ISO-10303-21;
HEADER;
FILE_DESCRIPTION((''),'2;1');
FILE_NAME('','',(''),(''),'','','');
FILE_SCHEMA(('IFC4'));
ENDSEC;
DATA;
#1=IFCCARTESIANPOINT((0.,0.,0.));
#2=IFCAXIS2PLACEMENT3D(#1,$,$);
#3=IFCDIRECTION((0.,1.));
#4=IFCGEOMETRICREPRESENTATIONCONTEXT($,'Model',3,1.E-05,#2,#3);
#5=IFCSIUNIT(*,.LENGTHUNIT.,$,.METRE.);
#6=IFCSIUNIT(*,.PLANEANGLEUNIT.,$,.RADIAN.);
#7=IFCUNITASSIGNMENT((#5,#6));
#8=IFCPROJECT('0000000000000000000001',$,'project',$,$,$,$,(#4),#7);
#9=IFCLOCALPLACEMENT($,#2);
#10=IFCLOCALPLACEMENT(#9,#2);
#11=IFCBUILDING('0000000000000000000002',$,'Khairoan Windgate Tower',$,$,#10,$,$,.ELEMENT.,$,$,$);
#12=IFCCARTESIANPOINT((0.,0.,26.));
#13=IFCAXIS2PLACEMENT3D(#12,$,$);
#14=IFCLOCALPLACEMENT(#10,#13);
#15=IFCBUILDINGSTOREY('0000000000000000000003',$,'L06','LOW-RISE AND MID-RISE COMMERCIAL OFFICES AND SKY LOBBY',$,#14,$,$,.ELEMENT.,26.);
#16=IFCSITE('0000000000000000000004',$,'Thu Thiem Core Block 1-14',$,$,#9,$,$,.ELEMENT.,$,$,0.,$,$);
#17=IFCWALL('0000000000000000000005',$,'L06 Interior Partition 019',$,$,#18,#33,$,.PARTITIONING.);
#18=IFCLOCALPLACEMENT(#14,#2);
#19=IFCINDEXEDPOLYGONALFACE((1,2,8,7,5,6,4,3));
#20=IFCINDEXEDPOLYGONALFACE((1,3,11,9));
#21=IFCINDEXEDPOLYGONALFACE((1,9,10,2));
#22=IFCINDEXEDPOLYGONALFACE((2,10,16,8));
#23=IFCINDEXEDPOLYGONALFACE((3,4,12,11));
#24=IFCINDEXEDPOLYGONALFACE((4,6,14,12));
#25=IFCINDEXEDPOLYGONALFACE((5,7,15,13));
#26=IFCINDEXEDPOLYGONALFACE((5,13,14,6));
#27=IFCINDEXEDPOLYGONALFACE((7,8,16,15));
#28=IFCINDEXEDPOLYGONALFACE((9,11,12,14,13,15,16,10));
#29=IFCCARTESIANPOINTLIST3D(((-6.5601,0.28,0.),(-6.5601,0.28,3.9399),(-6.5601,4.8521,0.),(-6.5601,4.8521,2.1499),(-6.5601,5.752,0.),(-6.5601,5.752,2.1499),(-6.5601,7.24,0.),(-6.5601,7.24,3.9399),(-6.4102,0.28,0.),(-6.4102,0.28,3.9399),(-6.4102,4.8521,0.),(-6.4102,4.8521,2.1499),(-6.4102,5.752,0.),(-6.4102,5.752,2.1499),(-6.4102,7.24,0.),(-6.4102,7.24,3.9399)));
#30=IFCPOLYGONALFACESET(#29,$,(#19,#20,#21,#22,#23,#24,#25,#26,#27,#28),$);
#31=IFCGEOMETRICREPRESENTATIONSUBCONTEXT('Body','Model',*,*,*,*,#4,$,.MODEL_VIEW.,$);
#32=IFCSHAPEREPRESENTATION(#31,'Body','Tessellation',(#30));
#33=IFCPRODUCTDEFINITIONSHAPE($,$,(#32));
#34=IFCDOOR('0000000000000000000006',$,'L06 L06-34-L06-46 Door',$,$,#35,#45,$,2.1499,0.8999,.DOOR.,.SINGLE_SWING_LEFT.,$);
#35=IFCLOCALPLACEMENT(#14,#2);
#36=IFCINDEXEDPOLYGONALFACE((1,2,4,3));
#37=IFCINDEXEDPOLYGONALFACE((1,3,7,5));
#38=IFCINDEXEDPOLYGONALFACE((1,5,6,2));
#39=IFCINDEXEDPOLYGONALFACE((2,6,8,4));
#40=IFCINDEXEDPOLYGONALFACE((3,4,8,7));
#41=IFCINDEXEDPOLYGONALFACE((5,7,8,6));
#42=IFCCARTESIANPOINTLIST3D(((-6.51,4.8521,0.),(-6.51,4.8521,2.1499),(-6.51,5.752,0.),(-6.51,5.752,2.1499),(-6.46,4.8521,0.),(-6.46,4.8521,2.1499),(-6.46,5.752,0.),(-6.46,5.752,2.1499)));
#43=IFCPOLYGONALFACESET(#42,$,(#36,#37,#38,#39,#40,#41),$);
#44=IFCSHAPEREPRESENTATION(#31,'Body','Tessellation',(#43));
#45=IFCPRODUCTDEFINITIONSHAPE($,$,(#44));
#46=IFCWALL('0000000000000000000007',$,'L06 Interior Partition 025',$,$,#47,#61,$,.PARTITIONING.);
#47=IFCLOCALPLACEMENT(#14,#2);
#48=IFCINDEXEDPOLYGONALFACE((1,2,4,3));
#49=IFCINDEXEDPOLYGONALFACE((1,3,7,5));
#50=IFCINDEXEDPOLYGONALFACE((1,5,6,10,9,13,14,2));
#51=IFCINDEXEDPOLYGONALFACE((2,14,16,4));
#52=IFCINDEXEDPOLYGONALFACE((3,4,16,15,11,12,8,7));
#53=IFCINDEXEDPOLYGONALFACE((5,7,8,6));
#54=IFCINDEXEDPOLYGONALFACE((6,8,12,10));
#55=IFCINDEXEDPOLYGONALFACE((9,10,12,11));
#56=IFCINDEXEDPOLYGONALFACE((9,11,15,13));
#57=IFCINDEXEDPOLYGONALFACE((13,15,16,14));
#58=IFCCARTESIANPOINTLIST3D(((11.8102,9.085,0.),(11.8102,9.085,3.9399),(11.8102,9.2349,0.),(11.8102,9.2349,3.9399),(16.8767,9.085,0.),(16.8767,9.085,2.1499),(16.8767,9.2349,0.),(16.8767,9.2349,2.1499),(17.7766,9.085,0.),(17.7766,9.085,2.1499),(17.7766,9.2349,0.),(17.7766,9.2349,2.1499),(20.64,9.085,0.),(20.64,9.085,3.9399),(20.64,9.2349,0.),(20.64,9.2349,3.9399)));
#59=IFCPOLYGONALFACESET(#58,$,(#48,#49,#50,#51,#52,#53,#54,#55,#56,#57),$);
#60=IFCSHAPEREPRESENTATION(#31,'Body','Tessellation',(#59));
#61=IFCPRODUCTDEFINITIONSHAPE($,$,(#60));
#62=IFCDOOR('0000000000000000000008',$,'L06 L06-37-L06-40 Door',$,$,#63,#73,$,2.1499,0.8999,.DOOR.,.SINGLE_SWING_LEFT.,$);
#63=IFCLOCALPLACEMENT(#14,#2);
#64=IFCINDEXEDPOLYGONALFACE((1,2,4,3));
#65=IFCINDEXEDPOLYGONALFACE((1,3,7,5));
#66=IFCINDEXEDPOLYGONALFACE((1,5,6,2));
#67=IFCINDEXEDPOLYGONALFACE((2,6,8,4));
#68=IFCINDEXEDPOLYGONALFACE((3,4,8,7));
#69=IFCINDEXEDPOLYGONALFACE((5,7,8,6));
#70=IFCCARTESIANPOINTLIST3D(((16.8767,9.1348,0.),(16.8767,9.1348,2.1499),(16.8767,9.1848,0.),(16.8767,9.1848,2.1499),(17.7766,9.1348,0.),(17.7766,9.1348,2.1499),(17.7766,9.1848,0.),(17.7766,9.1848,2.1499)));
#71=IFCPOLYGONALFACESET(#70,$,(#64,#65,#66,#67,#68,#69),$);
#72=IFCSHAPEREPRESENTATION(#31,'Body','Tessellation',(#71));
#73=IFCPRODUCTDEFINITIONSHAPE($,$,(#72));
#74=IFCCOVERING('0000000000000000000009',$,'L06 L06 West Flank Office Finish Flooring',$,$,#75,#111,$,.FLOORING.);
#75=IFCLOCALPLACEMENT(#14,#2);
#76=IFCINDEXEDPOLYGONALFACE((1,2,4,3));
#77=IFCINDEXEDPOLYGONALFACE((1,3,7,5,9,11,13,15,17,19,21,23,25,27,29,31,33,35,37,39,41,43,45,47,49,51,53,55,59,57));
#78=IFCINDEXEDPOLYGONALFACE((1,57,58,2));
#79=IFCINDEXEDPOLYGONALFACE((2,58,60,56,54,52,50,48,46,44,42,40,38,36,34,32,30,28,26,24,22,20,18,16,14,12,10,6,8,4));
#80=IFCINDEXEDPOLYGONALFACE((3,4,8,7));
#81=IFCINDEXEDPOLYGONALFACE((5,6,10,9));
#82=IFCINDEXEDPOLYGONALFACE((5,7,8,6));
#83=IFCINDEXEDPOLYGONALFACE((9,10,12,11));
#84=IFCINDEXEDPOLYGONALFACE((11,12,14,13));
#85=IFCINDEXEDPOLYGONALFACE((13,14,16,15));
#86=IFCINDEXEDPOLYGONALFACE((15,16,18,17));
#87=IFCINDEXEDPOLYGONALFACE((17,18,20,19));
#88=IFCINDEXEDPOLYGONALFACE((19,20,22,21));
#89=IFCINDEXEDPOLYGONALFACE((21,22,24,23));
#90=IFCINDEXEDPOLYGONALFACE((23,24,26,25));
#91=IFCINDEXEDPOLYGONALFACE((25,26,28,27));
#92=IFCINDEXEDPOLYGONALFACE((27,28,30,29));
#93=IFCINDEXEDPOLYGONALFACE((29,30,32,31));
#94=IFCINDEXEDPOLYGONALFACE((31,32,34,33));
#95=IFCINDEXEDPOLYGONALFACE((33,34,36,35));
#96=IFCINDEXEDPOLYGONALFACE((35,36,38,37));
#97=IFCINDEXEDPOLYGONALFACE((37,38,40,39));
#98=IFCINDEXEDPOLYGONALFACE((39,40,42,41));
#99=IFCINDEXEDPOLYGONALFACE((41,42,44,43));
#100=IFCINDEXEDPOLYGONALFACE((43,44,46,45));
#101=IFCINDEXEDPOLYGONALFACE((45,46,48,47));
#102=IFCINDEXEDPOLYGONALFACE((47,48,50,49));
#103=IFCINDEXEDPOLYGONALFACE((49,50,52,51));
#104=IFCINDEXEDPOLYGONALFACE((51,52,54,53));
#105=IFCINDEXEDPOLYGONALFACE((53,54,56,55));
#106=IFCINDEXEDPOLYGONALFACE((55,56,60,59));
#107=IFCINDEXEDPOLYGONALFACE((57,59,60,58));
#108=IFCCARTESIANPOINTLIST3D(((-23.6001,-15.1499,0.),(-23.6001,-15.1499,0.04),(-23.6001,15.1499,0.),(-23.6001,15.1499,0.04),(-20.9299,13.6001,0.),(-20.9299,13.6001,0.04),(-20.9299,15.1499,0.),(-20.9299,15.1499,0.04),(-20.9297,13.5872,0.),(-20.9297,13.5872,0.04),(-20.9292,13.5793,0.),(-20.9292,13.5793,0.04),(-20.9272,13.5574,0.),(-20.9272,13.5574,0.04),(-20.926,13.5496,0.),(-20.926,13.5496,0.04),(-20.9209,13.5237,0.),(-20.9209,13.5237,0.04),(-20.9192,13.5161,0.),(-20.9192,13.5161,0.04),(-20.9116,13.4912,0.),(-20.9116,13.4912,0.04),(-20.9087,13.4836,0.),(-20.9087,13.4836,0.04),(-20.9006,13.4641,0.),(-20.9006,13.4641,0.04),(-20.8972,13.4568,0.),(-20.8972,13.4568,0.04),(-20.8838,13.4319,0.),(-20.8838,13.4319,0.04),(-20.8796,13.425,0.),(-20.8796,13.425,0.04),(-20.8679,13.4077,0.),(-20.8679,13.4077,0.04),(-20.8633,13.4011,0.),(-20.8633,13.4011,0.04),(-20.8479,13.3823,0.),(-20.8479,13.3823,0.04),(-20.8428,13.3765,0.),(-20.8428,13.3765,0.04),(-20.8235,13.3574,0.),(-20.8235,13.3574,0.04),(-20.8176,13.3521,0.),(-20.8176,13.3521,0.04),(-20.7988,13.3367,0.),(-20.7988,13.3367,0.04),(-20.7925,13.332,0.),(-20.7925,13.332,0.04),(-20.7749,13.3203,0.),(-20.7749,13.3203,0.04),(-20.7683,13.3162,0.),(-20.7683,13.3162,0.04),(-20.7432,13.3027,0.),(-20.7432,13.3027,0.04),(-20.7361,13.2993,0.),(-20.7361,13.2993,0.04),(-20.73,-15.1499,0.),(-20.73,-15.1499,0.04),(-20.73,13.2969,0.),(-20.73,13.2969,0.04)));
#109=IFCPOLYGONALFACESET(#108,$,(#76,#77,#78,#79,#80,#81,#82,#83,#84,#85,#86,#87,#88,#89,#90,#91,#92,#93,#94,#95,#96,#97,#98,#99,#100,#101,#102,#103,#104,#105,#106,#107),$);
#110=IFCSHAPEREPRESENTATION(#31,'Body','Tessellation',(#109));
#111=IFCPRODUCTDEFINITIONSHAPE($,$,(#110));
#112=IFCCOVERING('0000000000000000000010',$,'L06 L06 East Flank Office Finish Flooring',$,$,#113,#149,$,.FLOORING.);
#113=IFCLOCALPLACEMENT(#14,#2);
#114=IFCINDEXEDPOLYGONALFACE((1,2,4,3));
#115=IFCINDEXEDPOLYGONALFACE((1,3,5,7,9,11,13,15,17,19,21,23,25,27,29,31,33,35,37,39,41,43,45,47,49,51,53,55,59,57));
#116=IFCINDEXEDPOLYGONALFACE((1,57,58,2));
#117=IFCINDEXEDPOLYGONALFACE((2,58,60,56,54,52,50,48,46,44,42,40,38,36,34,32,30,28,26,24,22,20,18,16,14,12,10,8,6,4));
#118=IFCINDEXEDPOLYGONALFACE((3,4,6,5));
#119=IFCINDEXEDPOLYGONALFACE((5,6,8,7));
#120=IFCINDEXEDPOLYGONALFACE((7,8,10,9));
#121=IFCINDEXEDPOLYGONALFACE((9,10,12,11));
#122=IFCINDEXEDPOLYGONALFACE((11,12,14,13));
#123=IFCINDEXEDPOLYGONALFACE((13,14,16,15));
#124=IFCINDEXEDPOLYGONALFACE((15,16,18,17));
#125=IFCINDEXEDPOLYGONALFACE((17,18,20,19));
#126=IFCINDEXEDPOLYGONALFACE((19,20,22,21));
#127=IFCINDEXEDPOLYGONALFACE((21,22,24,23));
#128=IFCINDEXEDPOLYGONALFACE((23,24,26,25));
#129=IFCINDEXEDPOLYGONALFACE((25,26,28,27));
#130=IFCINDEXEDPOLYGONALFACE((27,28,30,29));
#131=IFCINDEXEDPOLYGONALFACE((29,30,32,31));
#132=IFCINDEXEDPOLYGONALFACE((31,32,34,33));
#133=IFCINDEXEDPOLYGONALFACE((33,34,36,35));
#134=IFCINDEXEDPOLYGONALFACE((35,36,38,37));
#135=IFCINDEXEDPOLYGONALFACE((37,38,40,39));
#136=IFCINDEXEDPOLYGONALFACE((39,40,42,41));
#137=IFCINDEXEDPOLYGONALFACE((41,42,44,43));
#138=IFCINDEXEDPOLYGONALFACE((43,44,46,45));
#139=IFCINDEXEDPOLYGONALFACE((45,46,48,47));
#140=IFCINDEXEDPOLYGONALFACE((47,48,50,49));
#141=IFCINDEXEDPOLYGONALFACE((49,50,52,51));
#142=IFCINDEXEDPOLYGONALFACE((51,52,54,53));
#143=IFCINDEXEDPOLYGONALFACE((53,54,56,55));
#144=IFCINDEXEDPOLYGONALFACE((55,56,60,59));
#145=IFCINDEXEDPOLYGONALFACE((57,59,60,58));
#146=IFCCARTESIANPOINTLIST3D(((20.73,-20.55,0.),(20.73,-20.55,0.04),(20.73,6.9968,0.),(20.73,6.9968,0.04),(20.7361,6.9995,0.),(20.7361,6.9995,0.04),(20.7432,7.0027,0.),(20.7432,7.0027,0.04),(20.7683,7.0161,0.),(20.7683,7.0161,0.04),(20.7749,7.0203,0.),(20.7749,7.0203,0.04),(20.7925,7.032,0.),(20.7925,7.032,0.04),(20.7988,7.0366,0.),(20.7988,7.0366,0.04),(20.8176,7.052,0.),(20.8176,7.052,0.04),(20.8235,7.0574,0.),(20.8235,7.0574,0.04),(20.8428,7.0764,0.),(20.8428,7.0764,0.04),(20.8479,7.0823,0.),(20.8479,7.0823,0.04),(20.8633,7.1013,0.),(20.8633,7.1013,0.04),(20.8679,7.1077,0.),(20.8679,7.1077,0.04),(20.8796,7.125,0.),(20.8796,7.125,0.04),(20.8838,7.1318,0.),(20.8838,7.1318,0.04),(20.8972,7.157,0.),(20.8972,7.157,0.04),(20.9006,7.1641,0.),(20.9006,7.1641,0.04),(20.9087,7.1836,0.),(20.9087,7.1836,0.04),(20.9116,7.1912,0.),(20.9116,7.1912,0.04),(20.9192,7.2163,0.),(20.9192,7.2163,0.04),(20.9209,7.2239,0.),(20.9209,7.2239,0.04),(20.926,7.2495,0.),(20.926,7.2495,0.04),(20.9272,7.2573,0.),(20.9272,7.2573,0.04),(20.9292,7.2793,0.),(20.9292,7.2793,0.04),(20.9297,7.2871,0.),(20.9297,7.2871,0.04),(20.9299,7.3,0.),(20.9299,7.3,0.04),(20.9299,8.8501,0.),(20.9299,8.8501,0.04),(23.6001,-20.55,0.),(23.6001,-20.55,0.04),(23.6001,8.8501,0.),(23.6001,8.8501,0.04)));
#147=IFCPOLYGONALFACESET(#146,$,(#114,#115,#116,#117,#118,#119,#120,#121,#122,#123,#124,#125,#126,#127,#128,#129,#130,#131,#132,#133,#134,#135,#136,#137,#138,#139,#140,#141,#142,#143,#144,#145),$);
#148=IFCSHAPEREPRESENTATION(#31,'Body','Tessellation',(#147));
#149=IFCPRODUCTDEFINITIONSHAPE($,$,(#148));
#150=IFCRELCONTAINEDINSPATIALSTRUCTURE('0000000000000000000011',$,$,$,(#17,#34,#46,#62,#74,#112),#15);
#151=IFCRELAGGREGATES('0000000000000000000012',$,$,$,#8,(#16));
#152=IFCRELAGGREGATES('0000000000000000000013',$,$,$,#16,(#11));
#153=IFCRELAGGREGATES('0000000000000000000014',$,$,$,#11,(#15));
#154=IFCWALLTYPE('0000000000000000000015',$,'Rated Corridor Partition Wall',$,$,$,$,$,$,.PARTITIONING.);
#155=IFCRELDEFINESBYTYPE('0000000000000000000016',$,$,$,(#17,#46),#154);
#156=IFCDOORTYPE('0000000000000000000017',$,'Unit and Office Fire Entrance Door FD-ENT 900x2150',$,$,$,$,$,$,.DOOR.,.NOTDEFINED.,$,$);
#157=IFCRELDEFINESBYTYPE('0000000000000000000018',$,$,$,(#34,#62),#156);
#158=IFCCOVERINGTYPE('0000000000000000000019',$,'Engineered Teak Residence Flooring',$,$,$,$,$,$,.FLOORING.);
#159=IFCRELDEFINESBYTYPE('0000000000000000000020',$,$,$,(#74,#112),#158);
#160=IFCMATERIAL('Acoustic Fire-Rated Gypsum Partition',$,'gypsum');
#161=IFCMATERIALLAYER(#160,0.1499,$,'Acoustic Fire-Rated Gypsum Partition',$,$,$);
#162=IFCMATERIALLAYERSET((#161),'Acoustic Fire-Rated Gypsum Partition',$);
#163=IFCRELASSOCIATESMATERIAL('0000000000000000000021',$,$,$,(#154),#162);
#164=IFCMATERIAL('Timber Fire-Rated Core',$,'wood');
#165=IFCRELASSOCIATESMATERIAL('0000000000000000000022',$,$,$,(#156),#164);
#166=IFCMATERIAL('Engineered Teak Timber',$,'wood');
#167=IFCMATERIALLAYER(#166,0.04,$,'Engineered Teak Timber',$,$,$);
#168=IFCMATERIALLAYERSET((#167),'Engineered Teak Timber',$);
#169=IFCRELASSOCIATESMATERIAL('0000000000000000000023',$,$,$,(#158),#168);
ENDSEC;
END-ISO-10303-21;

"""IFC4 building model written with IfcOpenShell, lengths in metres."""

from ifc_helpers import new_model, si_unit, direction, frame, frame_2d, origin, place, context, subcontext, project, spatial, polyline, rectangle, outline, extrude, material, layer, layer_set, type_object, element, fill, save


model = new_model("IFC4")

# Units and contexts
model_context = context("Model", 3, precision=1e-05, world=origin(), true_north=direction((0.0, 1.0)))
body_context = subcontext(model_context, "Body", "Model", "MODEL_VIEW")
ifc_project = project(units=[si_unit("LENGTHUNIT", "METRE"), si_unit("PLANEANGLEUNIT", "RADIAN")], contexts=[model_context])

# Site, building, storey
site_placement = place(None, origin())
site = spatial("IfcSite", under=ifc_project, at=site_placement, Name="Thu Thiem Core Block 1-14", CompositionType="ELEMENT", RefElevation=0.0)
building_placement = place(site_placement, origin())
building = spatial("IfcBuilding", under=site, at=building_placement, Name="Khairoan Windgate Tower", CompositionType="ELEMENT")
storey_placement = place(building_placement, frame((0.0, 0.0, 26.0)))
storey = spatial("IfcBuildingStorey", under=building, at=storey_placement, Name="L06", Description="LOW-RISE AND MID-RISE COMMERCIAL OFFICES AND SKY LOBBY", CompositionType="ELEMENT", Elevation=26.0)

# Walls, openings, doors
ifc_material_1 = material(Name="Acoustic Fire-Rated Gypsum Partition", Category="gypsum")
ifc_layer_1 = layer(ifc_material_1, 0.1499, Name="Acoustic Fire-Rated Gypsum Partition")
ifc_layer_set_1 = layer_set([ifc_layer_1], Name="Acoustic Fire-Rated Gypsum Partition")
wall_type_1 = type_object("IfcWallType", Name="Rated Corridor Partition Wall", PredefinedType="PARTITIONING", material=ifc_layer_set_1)
wall_1_placement = place(storey_placement, frame((-6.4851, 0.28, 0.0), z_axis=(0.0, 0.0, 1.0), x_axis=(0.0, 1.0, 0.0)))
wall_1 = element("IfcWall", 1, at=wall_1_placement, inside=storey, type_object=wall_type_1, Name="L06 Interior Partition 019", PredefinedType="PARTITIONING", context=body_context, shape_type="SweptSolid", body=[
    extrude(rectangle(XDim=6.96, YDim=0.1499, at=frame_2d((3.48, 0.0))), origin(), (0.0, 0.0, 1.0), 3.9399),
])
opening_1_placement = place(wall_1_placement, frame((4.572, 0.0, 0.0)))
opening_1 = element("IfcOpeningElement", 2, at=opening_1_placement, cuts=wall_1, PredefinedType="OPENING", context=body_context, shape_type="SweptSolid", body=[
    extrude(rectangle(XDim=0.8999, YDim=2.1499, at=frame_2d((0.45, 1.075))), frame((0.0, 0.085, 0.0), z_axis=(0.0, -1.0, 0.0), x_axis=(1.0, 0.0, 0.0)), (0.0, 0.0, 1.0), 0.1699),
])
ifc_material_2 = material(Name="Timber Fire-Rated Core", Category="wood")
door_type = type_object("IfcDoorType", Name="Unit and Office Fire Entrance Door FD-ENT 900x2150", OperationType="NOTDEFINED", PredefinedType="DOOR", material=ifc_material_2)
door_1_placement = place(opening_1_placement, origin())
door_1 = element("IfcDoor", 3, at=door_1_placement, inside=storey, type_object=door_type, Name="L06 L06-34-L06-46 Door", OperationType="SINGLE_SWING_LEFT", OverallHeight=2.1499, OverallWidth=0.8999, PredefinedType="DOOR", context=body_context, shape_type="SweptSolid", body=[
    extrude(rectangle(XDim=0.8999, YDim=2.1499, at=frame_2d((0.45, 1.075))), frame((0.0, 0.0249, 0.0), z_axis=(0.0, -1.0, 0.0), x_axis=(1.0, 0.0, 0.0)), (0.0, 0.0, 1.0), 0.05),
])
fill(opening_1, door_1)
wall_2_placement = place(storey_placement, frame((11.8101, 9.1599, 0.0), z_axis=(0.0, 0.0, 1.0), x_axis=(1.0, 0.0, 0.0)))
wall_2 = element("IfcWall", 4, at=wall_2_placement, inside=storey, type_object=wall_type_1, Name="L06 Interior Partition 025", PredefinedType="PARTITIONING", context=body_context, shape_type="SweptSolid", body=[
    extrude(rectangle(XDim=8.8298, YDim=0.1499, at=frame_2d((4.415, 0.0))), origin(), (0.0, 0.0, 1.0), 3.9399),
])
opening_2_placement = place(wall_2_placement, frame((5.0667, 0.0, 0.0)))
opening_2 = element("IfcOpeningElement", 5, at=opening_2_placement, cuts=wall_2, PredefinedType="OPENING", context=body_context, shape_type="SweptSolid", body=[
    extrude(rectangle(XDim=0.8999, YDim=2.1499, at=frame_2d((0.45, 1.075))), frame((0.0, 0.085, 0.0), z_axis=(0.0, -1.0, 0.0), x_axis=(1.0, 0.0, 0.0)), (0.0, 0.0, 1.0), 0.1699),
])
door_2_placement = place(opening_2_placement, origin())
door_2 = element("IfcDoor", 6, at=door_2_placement, inside=storey, type_object=door_type, Name="L06 L06-37-L06-40 Door", OperationType="SINGLE_SWING_LEFT", OverallHeight=2.1499, OverallWidth=0.8999, PredefinedType="DOOR", context=body_context, shape_type="SweptSolid", body=[
    extrude(rectangle(XDim=0.8999, YDim=2.1499, at=frame_2d((0.45, 1.075))), frame((0.0, 0.0249, 0.0), z_axis=(0.0, -1.0, 0.0), x_axis=(1.0, 0.0, 0.0)), (0.0, 0.0, 1.0), 0.05),
])
fill(opening_2, door_2)

# Coverings
ifc_material_3 = material(Name="Engineered Teak Timber", Category="wood")
ifc_layer_2 = layer(ifc_material_3, 0.04, Name="Engineered Teak Timber")
ifc_layer_set_2 = layer_set([ifc_layer_2], Name="Engineered Teak Timber")
covering_type_1 = type_object("IfcCoveringType", Name="Engineered Teak Residence Flooring", PredefinedType="FLOORING", material=ifc_layer_set_2)
covering_1_placement = place(storey_placement, origin())
element("IfcCovering", 7, at=covering_1_placement, inside=storey, type_object=covering_type_1, Name="L06 L06 West Flank Office Finish Flooring", PredefinedType="FLOORING", context=body_context, shape_type="SweptSolid", body=[
    extrude(outline(polyline([(-23.6001, 15.1499), (-20.9299, 15.1499), (-20.9299, 13.6001), (-20.9297, 13.5872), (-20.9292, 13.5793), (-20.9272, 13.5574), (-20.926, 13.5496), (-20.9209, 13.5237), (-20.9192, 13.5161), (-20.9116, 13.4912), (-20.9087, 13.4836), (-20.9006, 13.4641), (-20.8972, 13.4568), (-20.8838, 13.4319), (-20.8796, 13.425), (-20.8679, 13.4077), (-20.8633, 13.4011), (-20.8479, 13.3823), (-20.8428, 13.3765), (-20.8235, 13.3574), (-20.8176, 13.3521), (-20.7988, 13.3367), (-20.7925, 13.332), (-20.7749, 13.3203), (-20.7683, 13.3162), (-20.7432, 13.3027), (-20.7361, 13.2993), (-20.73, 13.2969), (-20.73, -15.1499), (-23.6001, -15.1499), (-23.6001, 15.1499)])), origin(), (0.0, 0.0, 1.0), 0.04),
])
covering_2_placement = place(storey_placement, origin())
element("IfcCovering", 8, at=covering_2_placement, inside=storey, type_object=covering_type_1, Name="L06 L06 East Flank Office Finish Flooring", PredefinedType="FLOORING", context=body_context, shape_type="SweptSolid", body=[
    extrude(outline(polyline([(20.73, 6.9968), (20.7361, 6.9995), (20.7432, 7.0027), (20.7683, 7.0161), (20.7749, 7.0203), (20.7925, 7.032), (20.7988, 7.0366), (20.8176, 7.052), (20.8235, 7.0574), (20.8428, 7.0764), (20.8479, 7.0823), (20.8633, 7.1013), (20.8679, 7.1077), (20.8796, 7.125), (20.8838, 7.1318), (20.8972, 7.157), (20.9006, 7.1641), (20.9087, 7.1836), (20.9116, 7.1912), (20.9192, 7.2163), (20.9209, 7.2239), (20.926, 7.2495), (20.9272, 7.2573), (20.9292, 7.2793), (20.9297, 7.2871), (20.9299, 7.3), (20.9299, 8.8501), (23.6001, 8.8501), (23.6001, -20.55), (20.73, -20.55), (20.73, 6.9968)])), origin(), (0.0, 0.0, 1.0), 0.04),
])

save(model, "model.ifc")
